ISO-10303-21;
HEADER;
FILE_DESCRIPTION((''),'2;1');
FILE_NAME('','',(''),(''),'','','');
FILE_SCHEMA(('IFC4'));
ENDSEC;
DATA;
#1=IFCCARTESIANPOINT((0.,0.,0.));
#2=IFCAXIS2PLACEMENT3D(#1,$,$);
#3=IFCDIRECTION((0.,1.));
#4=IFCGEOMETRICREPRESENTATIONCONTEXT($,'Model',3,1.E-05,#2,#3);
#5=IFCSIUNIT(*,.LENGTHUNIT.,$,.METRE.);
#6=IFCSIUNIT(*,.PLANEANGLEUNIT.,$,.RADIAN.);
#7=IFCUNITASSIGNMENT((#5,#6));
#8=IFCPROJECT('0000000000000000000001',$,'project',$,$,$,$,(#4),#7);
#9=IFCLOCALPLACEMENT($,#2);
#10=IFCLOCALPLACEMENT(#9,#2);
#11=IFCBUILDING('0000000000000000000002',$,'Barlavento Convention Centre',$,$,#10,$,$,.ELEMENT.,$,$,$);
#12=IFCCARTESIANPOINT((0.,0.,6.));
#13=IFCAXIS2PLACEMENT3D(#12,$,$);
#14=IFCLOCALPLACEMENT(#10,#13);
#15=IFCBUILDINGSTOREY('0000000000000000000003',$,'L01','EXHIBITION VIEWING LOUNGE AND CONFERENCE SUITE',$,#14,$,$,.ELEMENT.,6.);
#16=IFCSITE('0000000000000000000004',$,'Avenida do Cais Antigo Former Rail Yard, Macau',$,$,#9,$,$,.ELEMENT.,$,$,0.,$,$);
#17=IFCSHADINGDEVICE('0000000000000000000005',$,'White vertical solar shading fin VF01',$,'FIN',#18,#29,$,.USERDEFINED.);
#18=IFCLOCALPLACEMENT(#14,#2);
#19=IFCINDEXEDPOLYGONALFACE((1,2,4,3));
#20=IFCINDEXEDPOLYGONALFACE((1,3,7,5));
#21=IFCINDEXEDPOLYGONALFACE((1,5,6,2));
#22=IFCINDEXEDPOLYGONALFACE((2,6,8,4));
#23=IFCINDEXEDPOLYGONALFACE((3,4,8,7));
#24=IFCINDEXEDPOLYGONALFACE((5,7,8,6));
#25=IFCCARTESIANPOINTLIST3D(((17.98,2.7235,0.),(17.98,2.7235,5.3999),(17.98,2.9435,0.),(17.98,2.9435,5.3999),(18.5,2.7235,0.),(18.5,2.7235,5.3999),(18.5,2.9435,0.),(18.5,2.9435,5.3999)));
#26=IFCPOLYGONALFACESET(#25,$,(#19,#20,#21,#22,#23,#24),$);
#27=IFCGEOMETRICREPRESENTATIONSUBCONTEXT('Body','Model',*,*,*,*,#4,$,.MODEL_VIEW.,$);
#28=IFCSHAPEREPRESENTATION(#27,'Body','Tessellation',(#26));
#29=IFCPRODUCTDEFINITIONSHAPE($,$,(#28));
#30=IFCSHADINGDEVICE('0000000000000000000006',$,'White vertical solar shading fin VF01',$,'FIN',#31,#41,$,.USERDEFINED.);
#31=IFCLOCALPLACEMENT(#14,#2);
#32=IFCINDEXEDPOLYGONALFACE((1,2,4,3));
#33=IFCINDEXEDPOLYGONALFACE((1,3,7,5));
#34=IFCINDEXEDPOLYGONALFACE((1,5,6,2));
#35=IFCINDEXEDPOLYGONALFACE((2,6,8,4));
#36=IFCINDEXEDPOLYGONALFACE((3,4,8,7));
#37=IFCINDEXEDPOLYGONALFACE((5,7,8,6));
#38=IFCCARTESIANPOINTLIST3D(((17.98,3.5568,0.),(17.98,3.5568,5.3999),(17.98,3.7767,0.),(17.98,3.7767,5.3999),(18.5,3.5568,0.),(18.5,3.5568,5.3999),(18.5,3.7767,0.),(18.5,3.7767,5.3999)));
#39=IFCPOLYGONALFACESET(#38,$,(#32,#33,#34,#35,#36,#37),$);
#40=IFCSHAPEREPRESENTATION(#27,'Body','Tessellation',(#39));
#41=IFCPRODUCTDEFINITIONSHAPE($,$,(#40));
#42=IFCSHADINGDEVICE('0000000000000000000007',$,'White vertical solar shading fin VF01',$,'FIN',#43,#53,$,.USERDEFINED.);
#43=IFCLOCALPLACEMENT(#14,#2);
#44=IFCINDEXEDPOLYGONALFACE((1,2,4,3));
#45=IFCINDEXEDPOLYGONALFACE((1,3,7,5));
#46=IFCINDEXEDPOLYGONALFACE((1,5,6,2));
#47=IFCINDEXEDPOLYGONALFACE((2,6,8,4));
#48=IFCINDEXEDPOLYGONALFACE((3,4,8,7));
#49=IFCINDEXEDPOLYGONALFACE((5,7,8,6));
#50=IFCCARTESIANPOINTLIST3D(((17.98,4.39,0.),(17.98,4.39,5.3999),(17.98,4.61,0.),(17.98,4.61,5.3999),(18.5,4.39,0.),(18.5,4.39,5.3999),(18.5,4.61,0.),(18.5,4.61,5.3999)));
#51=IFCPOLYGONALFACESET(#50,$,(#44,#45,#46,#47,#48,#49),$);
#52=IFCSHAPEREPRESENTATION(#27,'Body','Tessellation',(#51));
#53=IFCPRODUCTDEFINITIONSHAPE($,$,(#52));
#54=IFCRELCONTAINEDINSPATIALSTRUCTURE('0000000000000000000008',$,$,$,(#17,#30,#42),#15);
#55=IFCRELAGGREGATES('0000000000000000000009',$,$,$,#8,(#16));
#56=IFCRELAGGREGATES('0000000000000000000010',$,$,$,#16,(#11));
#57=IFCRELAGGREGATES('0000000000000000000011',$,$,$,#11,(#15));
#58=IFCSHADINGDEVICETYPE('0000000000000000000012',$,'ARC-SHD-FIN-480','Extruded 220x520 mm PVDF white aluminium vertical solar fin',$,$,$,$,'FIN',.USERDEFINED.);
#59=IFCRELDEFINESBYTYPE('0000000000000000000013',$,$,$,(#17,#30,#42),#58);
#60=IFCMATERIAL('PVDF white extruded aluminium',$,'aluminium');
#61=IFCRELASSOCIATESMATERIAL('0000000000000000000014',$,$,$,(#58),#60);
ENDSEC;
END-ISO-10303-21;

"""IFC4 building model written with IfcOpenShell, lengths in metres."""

from ifc_helpers import new_model, si_unit, direction, frame, origin, origin_2d, place, context, subcontext, project, spatial, rectangle, extrude, material, type_object, element, save


model = new_model("IFC4")

# Units and contexts
model_context = context("Model", 3, precision=1e-05, world=origin(), true_north=direction((0.0, 1.0)))
body_context = subcontext(model_context, "Body", "Model", "MODEL_VIEW")
ifc_project = project(units=[si_unit("LENGTHUNIT", "METRE"), si_unit("PLANEANGLEUNIT", "RADIAN")], contexts=[model_context])

# Site, building, storey
site_placement = place(None, origin())
site = spatial("IfcSite", under=ifc_project, at=site_placement, Name="Avenida do Cais Antigo Former Rail Yard, Macau", CompositionType="ELEMENT", RefElevation=0.0)
building_placement = place(site_placement, origin())
building = spatial("IfcBuilding", under=site, at=building_placement, Name="Barlavento Convention Centre", CompositionType="ELEMENT")
storey_placement = place(building_placement, frame((0.0, 0.0, 6.0)))
storey = spatial("IfcBuildingStorey", under=building, at=storey_placement, Name="L01", Description="EXHIBITION VIEWING LOUNGE AND CONFERENCE SUITE", CompositionType="ELEMENT", Elevation=6.0)

# Shading devices
ifc_material_1 = material(Name="PVDF white extruded aluminium", Category="aluminium")
shading_device_type = type_object("IfcShadingDeviceType", Name="ARC-SHD-FIN-480", Description="Extruded 220x520 mm PVDF white aluminium vertical solar fin", ElementType="FIN", PredefinedType="USERDEFINED", material=ifc_material_1)
for number, where, z_axis, x_axis, name in (
    (1, (18.24, 2.8335, 0.0), (0.0, 0.0, 1.0), (0.0, 1.0, 0.0), "White vertical solar shading fin VF01"),
    (2, (18.24, 3.6667, 0.0), (0.0, 0.0, 1.0), (0.0, 1.0, 0.0), "White vertical solar shading fin VF01"),
    (3, (18.24, 4.5, 0.0), (0.0, 0.0, 1.0), (0.0, 1.0, 0.0), "White vertical solar shading fin VF01"),
):
    element("IfcShadingDevice", number, at=place(storey_placement, frame(where, z_axis=z_axis, x_axis=x_axis)), inside=storey, type_object=shading_device_type, Name=name, ObjectType="FIN", PredefinedType="USERDEFINED", context=body_context, shape_type="SweptSolid", body=[
        extrude(rectangle(XDim=0.22, YDim=0.52, at=origin_2d()), origin(), (0.0, 0.0, 1.0), 5.3999),
    ])

save(model, "model.ifc")
